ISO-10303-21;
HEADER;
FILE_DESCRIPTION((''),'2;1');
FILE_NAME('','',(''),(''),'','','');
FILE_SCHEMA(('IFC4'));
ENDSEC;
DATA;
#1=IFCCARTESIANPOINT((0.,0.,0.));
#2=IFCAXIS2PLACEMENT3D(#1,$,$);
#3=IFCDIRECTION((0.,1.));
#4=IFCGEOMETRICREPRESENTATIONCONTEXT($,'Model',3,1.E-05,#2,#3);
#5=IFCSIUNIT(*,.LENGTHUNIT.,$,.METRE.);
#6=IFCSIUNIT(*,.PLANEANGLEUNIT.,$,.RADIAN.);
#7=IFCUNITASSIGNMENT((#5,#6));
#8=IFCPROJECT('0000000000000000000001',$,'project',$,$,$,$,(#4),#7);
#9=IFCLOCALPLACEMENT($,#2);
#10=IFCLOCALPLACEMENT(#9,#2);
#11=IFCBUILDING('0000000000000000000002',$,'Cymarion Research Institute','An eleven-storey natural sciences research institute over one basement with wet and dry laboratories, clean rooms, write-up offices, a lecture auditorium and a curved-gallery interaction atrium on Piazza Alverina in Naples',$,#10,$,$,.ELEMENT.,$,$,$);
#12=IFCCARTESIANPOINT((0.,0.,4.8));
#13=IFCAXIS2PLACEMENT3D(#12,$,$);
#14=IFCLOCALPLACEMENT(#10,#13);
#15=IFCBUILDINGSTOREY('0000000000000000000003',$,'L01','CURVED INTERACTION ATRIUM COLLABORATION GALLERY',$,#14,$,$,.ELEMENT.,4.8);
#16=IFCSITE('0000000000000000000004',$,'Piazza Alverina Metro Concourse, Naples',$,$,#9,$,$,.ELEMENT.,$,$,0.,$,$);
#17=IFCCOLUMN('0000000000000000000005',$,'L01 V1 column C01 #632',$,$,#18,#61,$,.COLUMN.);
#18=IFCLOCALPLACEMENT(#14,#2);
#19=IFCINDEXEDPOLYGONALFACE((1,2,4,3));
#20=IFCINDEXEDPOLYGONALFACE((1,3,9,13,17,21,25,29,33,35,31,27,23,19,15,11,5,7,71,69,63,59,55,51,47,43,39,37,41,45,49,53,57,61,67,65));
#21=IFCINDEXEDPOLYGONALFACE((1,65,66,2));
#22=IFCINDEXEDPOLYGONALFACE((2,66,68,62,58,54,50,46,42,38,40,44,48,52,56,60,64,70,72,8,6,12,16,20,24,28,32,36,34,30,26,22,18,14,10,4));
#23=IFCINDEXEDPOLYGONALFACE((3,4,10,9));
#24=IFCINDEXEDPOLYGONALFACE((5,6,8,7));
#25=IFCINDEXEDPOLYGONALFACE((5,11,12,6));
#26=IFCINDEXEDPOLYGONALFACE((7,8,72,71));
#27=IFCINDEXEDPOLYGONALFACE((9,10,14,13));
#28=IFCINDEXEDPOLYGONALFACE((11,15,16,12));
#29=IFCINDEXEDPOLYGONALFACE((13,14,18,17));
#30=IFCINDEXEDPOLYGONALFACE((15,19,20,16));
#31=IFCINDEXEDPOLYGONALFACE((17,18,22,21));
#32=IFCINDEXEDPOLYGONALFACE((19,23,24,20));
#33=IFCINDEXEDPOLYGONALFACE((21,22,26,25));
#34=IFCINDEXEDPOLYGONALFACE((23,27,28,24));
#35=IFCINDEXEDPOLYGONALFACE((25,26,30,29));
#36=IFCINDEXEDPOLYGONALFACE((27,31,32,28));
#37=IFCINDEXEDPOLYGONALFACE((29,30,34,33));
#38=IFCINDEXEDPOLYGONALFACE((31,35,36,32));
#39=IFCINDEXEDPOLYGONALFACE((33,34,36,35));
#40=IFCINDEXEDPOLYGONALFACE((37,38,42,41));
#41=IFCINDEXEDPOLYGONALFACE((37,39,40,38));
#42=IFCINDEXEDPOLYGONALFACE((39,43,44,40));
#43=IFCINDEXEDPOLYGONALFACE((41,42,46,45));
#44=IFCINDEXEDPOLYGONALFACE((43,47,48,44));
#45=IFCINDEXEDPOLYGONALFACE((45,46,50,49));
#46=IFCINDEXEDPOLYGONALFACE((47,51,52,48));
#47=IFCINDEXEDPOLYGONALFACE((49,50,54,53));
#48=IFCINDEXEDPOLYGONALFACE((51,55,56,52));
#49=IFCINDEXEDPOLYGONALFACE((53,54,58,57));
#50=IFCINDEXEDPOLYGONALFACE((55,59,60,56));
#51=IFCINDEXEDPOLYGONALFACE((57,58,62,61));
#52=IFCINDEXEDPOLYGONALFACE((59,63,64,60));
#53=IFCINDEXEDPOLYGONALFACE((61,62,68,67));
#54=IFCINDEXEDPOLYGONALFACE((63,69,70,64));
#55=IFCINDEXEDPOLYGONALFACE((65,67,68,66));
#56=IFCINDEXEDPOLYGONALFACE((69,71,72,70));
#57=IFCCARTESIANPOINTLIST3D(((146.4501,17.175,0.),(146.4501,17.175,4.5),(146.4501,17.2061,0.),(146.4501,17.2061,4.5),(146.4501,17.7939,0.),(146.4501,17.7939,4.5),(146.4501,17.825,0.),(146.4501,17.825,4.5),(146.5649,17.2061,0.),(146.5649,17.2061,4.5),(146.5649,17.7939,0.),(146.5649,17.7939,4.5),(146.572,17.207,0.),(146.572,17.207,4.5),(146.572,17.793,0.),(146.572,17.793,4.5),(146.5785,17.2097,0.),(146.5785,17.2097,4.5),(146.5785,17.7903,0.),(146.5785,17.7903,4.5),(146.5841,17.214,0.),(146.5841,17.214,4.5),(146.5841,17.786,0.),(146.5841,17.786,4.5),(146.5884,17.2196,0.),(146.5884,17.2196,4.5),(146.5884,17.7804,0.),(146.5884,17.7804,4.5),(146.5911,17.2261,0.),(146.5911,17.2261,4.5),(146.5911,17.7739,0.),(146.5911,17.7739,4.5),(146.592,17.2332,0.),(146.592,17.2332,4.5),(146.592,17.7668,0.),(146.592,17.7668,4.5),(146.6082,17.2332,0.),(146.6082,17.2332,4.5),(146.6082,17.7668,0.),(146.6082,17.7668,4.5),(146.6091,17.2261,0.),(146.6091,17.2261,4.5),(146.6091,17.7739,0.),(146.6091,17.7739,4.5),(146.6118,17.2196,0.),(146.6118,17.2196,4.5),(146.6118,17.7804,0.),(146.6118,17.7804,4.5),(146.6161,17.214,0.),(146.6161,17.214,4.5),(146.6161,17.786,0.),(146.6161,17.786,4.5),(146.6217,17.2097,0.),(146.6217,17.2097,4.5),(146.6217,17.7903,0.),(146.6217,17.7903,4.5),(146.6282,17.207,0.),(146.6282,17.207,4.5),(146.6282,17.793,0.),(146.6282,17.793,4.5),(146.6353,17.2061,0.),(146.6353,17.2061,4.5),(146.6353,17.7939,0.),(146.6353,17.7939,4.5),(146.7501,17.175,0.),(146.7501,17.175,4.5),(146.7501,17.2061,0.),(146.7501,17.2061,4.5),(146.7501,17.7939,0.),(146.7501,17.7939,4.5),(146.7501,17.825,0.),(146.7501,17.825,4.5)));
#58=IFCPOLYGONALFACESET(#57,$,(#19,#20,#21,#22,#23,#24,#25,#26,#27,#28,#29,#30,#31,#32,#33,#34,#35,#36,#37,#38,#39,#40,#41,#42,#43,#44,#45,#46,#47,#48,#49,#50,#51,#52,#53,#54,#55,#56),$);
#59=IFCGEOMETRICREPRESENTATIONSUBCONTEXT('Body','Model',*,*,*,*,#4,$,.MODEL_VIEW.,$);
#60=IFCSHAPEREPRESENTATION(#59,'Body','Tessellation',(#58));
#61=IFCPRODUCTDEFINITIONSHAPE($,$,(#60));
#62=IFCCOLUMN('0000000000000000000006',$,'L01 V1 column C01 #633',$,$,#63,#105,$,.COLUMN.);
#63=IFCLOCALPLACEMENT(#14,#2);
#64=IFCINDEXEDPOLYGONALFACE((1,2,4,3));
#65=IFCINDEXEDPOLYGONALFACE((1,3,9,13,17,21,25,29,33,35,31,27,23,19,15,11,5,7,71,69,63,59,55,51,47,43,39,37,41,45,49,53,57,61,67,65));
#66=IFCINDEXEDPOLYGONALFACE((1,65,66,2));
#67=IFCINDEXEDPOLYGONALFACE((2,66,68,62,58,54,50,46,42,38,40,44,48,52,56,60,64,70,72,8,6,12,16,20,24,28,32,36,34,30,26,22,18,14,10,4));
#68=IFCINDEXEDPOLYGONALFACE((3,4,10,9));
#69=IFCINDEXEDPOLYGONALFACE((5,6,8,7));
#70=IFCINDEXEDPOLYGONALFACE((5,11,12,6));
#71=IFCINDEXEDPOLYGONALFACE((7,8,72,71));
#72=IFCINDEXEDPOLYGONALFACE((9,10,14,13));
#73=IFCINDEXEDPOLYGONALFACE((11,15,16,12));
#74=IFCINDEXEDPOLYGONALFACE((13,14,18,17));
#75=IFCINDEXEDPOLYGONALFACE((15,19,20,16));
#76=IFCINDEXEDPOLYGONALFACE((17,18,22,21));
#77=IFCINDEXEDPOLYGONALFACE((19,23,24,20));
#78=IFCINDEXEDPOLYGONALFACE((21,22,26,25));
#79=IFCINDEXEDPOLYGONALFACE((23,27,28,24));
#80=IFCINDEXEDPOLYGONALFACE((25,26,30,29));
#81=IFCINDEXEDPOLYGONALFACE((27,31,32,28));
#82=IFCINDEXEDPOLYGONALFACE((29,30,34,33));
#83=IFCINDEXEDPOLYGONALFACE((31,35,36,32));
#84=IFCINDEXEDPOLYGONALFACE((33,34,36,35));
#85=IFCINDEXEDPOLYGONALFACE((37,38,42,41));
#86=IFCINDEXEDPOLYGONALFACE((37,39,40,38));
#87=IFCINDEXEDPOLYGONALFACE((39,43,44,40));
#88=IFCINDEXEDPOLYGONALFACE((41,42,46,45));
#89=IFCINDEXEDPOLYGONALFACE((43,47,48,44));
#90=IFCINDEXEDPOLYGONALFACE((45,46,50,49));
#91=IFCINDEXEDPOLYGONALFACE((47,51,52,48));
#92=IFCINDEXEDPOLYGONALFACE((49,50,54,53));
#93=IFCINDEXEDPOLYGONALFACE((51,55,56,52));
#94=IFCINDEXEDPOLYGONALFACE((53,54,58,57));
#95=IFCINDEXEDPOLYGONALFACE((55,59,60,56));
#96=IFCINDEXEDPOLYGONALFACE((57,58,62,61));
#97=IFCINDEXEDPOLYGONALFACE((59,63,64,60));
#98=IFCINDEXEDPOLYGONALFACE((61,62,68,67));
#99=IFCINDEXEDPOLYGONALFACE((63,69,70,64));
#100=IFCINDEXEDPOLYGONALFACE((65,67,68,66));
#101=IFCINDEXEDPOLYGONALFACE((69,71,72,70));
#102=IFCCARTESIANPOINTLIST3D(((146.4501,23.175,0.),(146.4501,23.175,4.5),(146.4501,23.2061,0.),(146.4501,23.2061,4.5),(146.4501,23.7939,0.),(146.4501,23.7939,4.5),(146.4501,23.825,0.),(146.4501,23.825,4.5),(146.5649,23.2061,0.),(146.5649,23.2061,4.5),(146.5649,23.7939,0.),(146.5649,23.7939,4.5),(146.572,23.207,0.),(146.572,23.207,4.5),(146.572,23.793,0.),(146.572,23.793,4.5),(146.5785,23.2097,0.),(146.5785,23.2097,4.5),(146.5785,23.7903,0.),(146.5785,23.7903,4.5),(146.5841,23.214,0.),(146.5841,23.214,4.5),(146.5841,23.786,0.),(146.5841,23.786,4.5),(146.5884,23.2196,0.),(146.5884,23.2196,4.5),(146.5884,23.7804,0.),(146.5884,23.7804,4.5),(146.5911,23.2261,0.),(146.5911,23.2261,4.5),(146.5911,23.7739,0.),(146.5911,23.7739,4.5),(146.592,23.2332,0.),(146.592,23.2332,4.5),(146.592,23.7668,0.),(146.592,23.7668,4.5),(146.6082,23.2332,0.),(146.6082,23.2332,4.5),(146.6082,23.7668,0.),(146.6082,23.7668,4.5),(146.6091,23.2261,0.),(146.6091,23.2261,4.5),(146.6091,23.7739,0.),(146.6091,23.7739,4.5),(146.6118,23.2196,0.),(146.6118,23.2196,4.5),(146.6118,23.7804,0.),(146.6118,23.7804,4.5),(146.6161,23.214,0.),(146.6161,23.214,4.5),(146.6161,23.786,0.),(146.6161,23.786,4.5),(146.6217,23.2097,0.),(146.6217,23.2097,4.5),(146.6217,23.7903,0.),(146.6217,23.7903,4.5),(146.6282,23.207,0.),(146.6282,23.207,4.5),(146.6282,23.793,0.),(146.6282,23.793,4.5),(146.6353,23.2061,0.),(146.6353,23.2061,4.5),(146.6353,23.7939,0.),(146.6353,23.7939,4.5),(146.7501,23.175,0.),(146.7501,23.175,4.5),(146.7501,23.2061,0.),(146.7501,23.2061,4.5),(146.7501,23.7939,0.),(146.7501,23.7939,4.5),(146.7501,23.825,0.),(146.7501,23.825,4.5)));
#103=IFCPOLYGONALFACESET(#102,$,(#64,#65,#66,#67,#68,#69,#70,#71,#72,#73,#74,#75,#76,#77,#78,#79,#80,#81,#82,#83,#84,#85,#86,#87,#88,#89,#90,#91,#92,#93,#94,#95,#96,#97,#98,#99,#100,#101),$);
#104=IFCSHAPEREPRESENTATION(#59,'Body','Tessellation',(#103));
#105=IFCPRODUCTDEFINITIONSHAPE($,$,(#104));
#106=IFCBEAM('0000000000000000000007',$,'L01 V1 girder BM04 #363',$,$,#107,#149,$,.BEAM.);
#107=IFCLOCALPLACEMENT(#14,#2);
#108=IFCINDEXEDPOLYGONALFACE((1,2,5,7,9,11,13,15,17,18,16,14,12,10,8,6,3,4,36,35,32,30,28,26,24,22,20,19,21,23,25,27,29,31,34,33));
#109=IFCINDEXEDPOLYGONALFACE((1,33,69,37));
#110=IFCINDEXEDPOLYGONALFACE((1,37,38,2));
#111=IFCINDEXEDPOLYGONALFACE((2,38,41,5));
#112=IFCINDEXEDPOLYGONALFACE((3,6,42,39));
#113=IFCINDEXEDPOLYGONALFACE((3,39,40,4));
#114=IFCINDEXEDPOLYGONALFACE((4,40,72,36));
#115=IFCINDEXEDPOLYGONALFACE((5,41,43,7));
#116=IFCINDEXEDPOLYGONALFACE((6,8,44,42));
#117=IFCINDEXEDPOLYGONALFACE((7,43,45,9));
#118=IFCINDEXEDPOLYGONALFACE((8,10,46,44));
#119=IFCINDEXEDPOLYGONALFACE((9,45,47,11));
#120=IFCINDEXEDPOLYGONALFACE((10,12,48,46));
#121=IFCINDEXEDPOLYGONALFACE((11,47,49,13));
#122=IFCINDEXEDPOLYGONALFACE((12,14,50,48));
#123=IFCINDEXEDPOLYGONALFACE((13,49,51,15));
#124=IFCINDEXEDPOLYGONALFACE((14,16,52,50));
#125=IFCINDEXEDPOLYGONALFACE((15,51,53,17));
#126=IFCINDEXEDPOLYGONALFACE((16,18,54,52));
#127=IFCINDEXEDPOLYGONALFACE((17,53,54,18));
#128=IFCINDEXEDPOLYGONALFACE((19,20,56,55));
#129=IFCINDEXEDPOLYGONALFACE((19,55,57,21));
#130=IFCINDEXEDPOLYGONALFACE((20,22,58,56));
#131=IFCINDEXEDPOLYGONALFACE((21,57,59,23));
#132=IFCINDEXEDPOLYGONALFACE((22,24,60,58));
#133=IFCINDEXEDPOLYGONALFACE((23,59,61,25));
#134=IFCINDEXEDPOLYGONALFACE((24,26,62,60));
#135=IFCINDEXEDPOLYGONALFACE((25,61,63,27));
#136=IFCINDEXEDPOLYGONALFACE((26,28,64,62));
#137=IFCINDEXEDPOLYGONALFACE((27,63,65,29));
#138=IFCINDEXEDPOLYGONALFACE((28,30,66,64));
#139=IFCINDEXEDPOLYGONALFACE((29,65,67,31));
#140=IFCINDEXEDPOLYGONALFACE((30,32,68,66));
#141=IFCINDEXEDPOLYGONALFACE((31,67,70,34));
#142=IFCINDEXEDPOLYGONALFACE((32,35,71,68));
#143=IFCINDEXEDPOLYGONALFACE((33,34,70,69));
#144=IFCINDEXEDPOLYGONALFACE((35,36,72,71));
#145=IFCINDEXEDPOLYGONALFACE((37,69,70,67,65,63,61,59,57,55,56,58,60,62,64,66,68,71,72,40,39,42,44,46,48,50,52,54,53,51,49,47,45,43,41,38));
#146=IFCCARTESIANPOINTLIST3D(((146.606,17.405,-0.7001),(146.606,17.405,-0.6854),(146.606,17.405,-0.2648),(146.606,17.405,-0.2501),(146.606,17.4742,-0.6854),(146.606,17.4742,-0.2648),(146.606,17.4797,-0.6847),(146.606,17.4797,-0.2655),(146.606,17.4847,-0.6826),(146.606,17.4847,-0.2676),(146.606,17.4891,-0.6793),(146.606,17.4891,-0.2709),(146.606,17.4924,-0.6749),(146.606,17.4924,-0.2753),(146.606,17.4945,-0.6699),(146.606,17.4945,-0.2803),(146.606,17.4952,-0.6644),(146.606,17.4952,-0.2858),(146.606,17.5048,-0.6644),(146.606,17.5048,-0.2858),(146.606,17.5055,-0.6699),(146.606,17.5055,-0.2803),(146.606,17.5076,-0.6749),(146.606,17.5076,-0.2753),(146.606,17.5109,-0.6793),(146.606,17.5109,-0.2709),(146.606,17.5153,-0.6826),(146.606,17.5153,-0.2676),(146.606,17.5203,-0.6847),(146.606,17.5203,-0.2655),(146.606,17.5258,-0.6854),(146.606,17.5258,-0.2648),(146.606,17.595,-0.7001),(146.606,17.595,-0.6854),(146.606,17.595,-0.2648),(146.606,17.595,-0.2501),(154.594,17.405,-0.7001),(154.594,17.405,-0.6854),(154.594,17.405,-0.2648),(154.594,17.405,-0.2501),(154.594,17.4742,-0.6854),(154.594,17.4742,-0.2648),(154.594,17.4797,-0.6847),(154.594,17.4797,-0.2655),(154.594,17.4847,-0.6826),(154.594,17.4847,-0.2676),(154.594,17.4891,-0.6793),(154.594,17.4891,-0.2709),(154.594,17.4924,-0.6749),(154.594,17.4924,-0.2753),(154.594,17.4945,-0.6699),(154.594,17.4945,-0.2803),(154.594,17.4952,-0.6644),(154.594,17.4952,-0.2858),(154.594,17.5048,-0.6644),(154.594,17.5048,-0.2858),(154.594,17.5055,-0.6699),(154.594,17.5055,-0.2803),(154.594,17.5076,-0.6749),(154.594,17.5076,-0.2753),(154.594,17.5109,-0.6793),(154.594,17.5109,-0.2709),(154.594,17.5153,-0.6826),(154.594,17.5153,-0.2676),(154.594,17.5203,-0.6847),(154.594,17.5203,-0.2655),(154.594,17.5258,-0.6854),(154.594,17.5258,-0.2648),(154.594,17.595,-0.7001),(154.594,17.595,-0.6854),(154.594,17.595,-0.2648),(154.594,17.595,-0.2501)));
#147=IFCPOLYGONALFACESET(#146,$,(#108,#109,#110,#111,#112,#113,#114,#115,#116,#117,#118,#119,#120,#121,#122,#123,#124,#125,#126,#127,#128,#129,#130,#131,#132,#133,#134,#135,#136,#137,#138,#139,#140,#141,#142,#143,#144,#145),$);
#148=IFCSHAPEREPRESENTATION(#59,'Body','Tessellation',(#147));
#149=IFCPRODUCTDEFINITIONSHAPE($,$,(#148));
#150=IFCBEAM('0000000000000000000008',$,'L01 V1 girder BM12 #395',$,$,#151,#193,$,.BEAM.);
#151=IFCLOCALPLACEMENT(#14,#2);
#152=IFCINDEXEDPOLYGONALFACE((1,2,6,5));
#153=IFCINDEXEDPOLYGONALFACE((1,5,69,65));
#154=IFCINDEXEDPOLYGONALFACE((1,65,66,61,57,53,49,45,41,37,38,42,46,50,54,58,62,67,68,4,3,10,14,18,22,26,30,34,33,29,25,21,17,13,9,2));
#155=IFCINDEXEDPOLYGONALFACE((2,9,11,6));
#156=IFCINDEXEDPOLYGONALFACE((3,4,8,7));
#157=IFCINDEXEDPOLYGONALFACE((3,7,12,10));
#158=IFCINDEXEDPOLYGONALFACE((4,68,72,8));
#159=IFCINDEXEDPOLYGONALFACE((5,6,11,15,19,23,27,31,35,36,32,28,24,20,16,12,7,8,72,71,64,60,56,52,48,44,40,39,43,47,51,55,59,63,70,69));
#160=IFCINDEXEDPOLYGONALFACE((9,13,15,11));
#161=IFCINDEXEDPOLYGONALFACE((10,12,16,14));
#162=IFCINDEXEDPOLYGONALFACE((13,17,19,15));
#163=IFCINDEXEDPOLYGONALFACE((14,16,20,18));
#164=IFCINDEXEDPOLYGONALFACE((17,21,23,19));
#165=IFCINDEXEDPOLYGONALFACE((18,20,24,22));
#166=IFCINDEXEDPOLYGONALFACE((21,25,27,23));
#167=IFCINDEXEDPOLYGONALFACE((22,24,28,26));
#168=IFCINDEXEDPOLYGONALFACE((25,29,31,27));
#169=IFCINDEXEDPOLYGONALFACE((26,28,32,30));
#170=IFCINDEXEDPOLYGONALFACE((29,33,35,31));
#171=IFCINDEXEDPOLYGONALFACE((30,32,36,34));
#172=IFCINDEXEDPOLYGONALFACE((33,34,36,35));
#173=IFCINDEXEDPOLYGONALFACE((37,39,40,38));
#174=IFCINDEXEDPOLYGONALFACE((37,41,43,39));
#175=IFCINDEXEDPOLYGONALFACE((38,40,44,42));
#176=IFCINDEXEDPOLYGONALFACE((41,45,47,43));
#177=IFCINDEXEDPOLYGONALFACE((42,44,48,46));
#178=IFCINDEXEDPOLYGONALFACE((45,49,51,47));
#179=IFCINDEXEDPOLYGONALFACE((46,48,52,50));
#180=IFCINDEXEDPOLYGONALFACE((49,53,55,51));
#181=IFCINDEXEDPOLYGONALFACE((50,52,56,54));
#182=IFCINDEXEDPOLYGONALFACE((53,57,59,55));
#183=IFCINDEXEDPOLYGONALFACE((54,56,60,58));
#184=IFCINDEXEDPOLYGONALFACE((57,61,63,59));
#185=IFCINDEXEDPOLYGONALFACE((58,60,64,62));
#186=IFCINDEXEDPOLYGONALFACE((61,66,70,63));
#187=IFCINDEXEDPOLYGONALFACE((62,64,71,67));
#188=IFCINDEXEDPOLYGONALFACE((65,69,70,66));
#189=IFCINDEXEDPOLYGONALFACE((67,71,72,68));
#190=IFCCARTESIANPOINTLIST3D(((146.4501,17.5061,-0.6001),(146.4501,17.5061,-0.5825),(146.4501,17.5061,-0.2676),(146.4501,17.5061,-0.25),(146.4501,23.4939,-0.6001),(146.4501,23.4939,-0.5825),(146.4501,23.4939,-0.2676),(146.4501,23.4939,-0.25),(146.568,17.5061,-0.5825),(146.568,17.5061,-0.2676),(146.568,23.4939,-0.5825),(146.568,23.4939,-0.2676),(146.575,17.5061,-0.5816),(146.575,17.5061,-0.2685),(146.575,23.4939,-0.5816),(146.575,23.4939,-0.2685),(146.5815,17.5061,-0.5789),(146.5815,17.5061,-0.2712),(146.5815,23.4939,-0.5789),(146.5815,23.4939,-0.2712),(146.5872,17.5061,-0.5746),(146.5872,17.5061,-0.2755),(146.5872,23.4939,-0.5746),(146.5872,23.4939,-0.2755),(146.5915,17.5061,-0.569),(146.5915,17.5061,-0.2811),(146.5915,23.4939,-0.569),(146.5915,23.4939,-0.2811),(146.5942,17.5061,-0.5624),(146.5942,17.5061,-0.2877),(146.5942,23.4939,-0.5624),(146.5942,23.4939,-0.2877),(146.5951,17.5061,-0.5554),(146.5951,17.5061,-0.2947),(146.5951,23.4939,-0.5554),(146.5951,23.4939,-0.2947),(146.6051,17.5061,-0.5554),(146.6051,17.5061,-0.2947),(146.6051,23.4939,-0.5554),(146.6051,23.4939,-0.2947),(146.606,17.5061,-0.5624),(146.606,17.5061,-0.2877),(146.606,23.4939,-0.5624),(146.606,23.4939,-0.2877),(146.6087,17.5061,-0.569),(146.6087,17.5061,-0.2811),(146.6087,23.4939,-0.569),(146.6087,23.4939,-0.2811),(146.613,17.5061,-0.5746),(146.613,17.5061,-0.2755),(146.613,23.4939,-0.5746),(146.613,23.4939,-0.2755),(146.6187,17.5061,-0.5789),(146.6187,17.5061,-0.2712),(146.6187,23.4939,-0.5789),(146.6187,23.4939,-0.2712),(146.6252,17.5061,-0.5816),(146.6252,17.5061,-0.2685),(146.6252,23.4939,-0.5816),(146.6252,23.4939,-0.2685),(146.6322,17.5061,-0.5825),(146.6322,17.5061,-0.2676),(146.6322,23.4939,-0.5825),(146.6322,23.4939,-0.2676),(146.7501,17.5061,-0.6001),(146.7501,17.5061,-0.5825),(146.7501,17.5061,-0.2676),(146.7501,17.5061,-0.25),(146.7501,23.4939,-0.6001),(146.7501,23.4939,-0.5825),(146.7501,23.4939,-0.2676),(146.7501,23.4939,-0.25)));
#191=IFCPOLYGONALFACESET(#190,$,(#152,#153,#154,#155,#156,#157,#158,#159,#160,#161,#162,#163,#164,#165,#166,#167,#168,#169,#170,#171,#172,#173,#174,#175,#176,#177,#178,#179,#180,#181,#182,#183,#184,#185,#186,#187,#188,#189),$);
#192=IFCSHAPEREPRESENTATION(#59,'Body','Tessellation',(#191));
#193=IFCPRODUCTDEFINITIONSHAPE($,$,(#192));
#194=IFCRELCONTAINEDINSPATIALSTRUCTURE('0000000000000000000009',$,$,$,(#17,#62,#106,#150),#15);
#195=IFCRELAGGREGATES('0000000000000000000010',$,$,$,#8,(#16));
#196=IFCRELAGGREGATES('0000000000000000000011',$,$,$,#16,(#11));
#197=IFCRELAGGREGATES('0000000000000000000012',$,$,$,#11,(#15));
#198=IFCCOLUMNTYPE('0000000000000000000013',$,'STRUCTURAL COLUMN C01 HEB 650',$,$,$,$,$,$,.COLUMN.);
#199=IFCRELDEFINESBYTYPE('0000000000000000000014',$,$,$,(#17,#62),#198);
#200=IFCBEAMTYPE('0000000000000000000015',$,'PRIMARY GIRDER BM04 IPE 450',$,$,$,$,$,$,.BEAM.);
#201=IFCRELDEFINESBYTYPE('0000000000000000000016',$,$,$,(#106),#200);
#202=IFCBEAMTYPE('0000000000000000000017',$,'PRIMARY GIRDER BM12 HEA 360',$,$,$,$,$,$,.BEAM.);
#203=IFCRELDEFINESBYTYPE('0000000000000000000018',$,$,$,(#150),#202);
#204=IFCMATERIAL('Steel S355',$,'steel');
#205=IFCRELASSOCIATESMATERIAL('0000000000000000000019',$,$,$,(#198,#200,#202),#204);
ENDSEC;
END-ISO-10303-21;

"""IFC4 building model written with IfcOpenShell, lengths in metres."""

from ifc_helpers import new_model, si_unit, direction, frame, origin, origin_2d, place, context, subcontext, project, spatial, i_section, extrude, material, material_profile, profile_set, type_object, element, save


model = new_model("IFC4")

# Units and contexts
model_context = context("Model", 3, precision=1e-05, world=origin(), true_north=direction((0.0, 1.0)))
body_context = subcontext(model_context, "Body", "Model", "MODEL_VIEW")
ifc_project = project(units=[si_unit("LENGTHUNIT", "METRE"), si_unit("PLANEANGLEUNIT", "RADIAN")], contexts=[model_context])

# Site, building, storey
site_placement = place(None, origin())
site = spatial("IfcSite", under=ifc_project, at=site_placement, Name="Piazza Alverina Metro Concourse, Naples", CompositionType="ELEMENT", RefElevation=0.0)
building_placement = place(site_placement, origin())
building = spatial("IfcBuilding", under=site, at=building_placement, Name="Cymarion Research Institute", Description="An eleven-storey natural sciences research institute over one basement with wet and dry laboratories, clean rooms, write-up offices, a lecture auditorium and a curved-gallery interaction atrium on Piazza Alverina in Naples", CompositionType="ELEMENT")
storey_placement = place(building_placement, frame((0.0, 0.0, 4.8)))
storey = spatial("IfcBuildingStorey", under=building, at=storey_placement, Name="L01", Description="CURVED INTERACTION ATRIUM COLLABORATION GALLERY", CompositionType="ELEMENT", Elevation=4.8)

# Columns
ifc_material_1 = material(Name="Steel S355", Category="steel")
ifc_material_profile_1 = material_profile(ifc_material_1, i_section(OverallWidth=0.3, OverallDepth=0.6499, WebThickness=0.0161, FlangeThickness=0.031, FilletRadius=0.0271, at=origin_2d()), Name="HEB 650")
ifc_profile_set_1 = profile_set([ifc_material_profile_1], Name="Steel S355")
column_type = type_object("IfcColumnType", Name="STRUCTURAL COLUMN C01 HEB 650", PredefinedType="COLUMN", material=ifc_profile_set_1)
for number, where, z_axis, x_axis, name in (
    (1, (146.6001, 17.5, 0.0), (0.0, 0.0, 1.0), (1.0, 0.0, 0.0), "L01 V1 column C01 #632"),
    (2, (146.6001, 23.5, 0.0), (0.0, 0.0, 1.0), (1.0, 0.0, 0.0), "L01 V1 column C01 #633"),
):
    element("IfcColumn", number, at=place(storey_placement, frame(where, z_axis=z_axis, x_axis=x_axis)), inside=storey, type_object=column_type, Name=name, PredefinedType="COLUMN", context=body_context, shape_type="SweptSolid", body=[
        extrude(i_section(OverallWidth=0.3, OverallDepth=0.6499, WebThickness=0.0161, FlangeThickness=0.031, FilletRadius=0.0271, at=origin_2d()), origin(), (0.0, 0.0, 1.0), 4.5),
    ])

# Beams
ifc_material_profile_2 = material_profile(ifc_material_1, i_section(OverallWidth=0.1899, OverallDepth=0.45, WebThickness=0.0095, FlangeThickness=0.0146, FilletRadius=0.021, at=origin_2d()), Name="IPE 450")
ifc_profile_set_2 = profile_set([ifc_material_profile_2], Name="Steel S355")
beam_type_1 = type_object("IfcBeamType", Name="PRIMARY GIRDER BM04 IPE 450", PredefinedType="BEAM", material=ifc_profile_set_2)
beam_1_placement = place(storey_placement, frame((146.606, 17.5, -0.4751), z_axis=(1.0, 0.0, 0.0), x_axis=(0.0, 1.0, 0.0)))
element("IfcBeam", 3, at=beam_1_placement, inside=storey, type_object=beam_type_1, Name="L01 V1 girder BM04 #363", PredefinedType="BEAM", context=body_context, shape_type="SweptSolid", body=[
    extrude(i_section(OverallWidth=0.1899, OverallDepth=0.45, WebThickness=0.0095, FlangeThickness=0.0146, FilletRadius=0.021, at=origin_2d()), origin(), (0.0, 0.0, 1.0), 7.988),
])
ifc_material_profile_3 = material_profile(ifc_material_1, i_section(OverallWidth=0.3, OverallDepth=0.3501, WebThickness=0.01, FlangeThickness=0.0176, FilletRadius=0.0271, at=origin_2d()), Name="HEA 360")
ifc_profile_set_3 = profile_set([ifc_material_profile_3], Name="Steel S355")
beam_type_2 = type_object("IfcBeamType", Name="PRIMARY GIRDER BM12 HEA 360", PredefinedType="BEAM", material=ifc_profile_set_3)
beam_2_placement = place(storey_placement, frame((146.6001, 17.5061, -0.425), z_axis=(0.0, 1.0, 0.0), x_axis=(-1.0, 0.0, 0.0)))
element("IfcBeam", 4, at=beam_2_placement, inside=storey, type_object=beam_type_2, Name="L01 V1 girder BM12 #395", PredefinedType="BEAM", context=body_context, shape_type="SweptSolid", body=[
    extrude(i_section(OverallWidth=0.3, OverallDepth=0.3501, WebThickness=0.01, FlangeThickness=0.0176, FilletRadius=0.0271, at=origin_2d()), origin(), (0.0, 0.0, 1.0), 5.9878),
])

save(model, "model.ifc")
